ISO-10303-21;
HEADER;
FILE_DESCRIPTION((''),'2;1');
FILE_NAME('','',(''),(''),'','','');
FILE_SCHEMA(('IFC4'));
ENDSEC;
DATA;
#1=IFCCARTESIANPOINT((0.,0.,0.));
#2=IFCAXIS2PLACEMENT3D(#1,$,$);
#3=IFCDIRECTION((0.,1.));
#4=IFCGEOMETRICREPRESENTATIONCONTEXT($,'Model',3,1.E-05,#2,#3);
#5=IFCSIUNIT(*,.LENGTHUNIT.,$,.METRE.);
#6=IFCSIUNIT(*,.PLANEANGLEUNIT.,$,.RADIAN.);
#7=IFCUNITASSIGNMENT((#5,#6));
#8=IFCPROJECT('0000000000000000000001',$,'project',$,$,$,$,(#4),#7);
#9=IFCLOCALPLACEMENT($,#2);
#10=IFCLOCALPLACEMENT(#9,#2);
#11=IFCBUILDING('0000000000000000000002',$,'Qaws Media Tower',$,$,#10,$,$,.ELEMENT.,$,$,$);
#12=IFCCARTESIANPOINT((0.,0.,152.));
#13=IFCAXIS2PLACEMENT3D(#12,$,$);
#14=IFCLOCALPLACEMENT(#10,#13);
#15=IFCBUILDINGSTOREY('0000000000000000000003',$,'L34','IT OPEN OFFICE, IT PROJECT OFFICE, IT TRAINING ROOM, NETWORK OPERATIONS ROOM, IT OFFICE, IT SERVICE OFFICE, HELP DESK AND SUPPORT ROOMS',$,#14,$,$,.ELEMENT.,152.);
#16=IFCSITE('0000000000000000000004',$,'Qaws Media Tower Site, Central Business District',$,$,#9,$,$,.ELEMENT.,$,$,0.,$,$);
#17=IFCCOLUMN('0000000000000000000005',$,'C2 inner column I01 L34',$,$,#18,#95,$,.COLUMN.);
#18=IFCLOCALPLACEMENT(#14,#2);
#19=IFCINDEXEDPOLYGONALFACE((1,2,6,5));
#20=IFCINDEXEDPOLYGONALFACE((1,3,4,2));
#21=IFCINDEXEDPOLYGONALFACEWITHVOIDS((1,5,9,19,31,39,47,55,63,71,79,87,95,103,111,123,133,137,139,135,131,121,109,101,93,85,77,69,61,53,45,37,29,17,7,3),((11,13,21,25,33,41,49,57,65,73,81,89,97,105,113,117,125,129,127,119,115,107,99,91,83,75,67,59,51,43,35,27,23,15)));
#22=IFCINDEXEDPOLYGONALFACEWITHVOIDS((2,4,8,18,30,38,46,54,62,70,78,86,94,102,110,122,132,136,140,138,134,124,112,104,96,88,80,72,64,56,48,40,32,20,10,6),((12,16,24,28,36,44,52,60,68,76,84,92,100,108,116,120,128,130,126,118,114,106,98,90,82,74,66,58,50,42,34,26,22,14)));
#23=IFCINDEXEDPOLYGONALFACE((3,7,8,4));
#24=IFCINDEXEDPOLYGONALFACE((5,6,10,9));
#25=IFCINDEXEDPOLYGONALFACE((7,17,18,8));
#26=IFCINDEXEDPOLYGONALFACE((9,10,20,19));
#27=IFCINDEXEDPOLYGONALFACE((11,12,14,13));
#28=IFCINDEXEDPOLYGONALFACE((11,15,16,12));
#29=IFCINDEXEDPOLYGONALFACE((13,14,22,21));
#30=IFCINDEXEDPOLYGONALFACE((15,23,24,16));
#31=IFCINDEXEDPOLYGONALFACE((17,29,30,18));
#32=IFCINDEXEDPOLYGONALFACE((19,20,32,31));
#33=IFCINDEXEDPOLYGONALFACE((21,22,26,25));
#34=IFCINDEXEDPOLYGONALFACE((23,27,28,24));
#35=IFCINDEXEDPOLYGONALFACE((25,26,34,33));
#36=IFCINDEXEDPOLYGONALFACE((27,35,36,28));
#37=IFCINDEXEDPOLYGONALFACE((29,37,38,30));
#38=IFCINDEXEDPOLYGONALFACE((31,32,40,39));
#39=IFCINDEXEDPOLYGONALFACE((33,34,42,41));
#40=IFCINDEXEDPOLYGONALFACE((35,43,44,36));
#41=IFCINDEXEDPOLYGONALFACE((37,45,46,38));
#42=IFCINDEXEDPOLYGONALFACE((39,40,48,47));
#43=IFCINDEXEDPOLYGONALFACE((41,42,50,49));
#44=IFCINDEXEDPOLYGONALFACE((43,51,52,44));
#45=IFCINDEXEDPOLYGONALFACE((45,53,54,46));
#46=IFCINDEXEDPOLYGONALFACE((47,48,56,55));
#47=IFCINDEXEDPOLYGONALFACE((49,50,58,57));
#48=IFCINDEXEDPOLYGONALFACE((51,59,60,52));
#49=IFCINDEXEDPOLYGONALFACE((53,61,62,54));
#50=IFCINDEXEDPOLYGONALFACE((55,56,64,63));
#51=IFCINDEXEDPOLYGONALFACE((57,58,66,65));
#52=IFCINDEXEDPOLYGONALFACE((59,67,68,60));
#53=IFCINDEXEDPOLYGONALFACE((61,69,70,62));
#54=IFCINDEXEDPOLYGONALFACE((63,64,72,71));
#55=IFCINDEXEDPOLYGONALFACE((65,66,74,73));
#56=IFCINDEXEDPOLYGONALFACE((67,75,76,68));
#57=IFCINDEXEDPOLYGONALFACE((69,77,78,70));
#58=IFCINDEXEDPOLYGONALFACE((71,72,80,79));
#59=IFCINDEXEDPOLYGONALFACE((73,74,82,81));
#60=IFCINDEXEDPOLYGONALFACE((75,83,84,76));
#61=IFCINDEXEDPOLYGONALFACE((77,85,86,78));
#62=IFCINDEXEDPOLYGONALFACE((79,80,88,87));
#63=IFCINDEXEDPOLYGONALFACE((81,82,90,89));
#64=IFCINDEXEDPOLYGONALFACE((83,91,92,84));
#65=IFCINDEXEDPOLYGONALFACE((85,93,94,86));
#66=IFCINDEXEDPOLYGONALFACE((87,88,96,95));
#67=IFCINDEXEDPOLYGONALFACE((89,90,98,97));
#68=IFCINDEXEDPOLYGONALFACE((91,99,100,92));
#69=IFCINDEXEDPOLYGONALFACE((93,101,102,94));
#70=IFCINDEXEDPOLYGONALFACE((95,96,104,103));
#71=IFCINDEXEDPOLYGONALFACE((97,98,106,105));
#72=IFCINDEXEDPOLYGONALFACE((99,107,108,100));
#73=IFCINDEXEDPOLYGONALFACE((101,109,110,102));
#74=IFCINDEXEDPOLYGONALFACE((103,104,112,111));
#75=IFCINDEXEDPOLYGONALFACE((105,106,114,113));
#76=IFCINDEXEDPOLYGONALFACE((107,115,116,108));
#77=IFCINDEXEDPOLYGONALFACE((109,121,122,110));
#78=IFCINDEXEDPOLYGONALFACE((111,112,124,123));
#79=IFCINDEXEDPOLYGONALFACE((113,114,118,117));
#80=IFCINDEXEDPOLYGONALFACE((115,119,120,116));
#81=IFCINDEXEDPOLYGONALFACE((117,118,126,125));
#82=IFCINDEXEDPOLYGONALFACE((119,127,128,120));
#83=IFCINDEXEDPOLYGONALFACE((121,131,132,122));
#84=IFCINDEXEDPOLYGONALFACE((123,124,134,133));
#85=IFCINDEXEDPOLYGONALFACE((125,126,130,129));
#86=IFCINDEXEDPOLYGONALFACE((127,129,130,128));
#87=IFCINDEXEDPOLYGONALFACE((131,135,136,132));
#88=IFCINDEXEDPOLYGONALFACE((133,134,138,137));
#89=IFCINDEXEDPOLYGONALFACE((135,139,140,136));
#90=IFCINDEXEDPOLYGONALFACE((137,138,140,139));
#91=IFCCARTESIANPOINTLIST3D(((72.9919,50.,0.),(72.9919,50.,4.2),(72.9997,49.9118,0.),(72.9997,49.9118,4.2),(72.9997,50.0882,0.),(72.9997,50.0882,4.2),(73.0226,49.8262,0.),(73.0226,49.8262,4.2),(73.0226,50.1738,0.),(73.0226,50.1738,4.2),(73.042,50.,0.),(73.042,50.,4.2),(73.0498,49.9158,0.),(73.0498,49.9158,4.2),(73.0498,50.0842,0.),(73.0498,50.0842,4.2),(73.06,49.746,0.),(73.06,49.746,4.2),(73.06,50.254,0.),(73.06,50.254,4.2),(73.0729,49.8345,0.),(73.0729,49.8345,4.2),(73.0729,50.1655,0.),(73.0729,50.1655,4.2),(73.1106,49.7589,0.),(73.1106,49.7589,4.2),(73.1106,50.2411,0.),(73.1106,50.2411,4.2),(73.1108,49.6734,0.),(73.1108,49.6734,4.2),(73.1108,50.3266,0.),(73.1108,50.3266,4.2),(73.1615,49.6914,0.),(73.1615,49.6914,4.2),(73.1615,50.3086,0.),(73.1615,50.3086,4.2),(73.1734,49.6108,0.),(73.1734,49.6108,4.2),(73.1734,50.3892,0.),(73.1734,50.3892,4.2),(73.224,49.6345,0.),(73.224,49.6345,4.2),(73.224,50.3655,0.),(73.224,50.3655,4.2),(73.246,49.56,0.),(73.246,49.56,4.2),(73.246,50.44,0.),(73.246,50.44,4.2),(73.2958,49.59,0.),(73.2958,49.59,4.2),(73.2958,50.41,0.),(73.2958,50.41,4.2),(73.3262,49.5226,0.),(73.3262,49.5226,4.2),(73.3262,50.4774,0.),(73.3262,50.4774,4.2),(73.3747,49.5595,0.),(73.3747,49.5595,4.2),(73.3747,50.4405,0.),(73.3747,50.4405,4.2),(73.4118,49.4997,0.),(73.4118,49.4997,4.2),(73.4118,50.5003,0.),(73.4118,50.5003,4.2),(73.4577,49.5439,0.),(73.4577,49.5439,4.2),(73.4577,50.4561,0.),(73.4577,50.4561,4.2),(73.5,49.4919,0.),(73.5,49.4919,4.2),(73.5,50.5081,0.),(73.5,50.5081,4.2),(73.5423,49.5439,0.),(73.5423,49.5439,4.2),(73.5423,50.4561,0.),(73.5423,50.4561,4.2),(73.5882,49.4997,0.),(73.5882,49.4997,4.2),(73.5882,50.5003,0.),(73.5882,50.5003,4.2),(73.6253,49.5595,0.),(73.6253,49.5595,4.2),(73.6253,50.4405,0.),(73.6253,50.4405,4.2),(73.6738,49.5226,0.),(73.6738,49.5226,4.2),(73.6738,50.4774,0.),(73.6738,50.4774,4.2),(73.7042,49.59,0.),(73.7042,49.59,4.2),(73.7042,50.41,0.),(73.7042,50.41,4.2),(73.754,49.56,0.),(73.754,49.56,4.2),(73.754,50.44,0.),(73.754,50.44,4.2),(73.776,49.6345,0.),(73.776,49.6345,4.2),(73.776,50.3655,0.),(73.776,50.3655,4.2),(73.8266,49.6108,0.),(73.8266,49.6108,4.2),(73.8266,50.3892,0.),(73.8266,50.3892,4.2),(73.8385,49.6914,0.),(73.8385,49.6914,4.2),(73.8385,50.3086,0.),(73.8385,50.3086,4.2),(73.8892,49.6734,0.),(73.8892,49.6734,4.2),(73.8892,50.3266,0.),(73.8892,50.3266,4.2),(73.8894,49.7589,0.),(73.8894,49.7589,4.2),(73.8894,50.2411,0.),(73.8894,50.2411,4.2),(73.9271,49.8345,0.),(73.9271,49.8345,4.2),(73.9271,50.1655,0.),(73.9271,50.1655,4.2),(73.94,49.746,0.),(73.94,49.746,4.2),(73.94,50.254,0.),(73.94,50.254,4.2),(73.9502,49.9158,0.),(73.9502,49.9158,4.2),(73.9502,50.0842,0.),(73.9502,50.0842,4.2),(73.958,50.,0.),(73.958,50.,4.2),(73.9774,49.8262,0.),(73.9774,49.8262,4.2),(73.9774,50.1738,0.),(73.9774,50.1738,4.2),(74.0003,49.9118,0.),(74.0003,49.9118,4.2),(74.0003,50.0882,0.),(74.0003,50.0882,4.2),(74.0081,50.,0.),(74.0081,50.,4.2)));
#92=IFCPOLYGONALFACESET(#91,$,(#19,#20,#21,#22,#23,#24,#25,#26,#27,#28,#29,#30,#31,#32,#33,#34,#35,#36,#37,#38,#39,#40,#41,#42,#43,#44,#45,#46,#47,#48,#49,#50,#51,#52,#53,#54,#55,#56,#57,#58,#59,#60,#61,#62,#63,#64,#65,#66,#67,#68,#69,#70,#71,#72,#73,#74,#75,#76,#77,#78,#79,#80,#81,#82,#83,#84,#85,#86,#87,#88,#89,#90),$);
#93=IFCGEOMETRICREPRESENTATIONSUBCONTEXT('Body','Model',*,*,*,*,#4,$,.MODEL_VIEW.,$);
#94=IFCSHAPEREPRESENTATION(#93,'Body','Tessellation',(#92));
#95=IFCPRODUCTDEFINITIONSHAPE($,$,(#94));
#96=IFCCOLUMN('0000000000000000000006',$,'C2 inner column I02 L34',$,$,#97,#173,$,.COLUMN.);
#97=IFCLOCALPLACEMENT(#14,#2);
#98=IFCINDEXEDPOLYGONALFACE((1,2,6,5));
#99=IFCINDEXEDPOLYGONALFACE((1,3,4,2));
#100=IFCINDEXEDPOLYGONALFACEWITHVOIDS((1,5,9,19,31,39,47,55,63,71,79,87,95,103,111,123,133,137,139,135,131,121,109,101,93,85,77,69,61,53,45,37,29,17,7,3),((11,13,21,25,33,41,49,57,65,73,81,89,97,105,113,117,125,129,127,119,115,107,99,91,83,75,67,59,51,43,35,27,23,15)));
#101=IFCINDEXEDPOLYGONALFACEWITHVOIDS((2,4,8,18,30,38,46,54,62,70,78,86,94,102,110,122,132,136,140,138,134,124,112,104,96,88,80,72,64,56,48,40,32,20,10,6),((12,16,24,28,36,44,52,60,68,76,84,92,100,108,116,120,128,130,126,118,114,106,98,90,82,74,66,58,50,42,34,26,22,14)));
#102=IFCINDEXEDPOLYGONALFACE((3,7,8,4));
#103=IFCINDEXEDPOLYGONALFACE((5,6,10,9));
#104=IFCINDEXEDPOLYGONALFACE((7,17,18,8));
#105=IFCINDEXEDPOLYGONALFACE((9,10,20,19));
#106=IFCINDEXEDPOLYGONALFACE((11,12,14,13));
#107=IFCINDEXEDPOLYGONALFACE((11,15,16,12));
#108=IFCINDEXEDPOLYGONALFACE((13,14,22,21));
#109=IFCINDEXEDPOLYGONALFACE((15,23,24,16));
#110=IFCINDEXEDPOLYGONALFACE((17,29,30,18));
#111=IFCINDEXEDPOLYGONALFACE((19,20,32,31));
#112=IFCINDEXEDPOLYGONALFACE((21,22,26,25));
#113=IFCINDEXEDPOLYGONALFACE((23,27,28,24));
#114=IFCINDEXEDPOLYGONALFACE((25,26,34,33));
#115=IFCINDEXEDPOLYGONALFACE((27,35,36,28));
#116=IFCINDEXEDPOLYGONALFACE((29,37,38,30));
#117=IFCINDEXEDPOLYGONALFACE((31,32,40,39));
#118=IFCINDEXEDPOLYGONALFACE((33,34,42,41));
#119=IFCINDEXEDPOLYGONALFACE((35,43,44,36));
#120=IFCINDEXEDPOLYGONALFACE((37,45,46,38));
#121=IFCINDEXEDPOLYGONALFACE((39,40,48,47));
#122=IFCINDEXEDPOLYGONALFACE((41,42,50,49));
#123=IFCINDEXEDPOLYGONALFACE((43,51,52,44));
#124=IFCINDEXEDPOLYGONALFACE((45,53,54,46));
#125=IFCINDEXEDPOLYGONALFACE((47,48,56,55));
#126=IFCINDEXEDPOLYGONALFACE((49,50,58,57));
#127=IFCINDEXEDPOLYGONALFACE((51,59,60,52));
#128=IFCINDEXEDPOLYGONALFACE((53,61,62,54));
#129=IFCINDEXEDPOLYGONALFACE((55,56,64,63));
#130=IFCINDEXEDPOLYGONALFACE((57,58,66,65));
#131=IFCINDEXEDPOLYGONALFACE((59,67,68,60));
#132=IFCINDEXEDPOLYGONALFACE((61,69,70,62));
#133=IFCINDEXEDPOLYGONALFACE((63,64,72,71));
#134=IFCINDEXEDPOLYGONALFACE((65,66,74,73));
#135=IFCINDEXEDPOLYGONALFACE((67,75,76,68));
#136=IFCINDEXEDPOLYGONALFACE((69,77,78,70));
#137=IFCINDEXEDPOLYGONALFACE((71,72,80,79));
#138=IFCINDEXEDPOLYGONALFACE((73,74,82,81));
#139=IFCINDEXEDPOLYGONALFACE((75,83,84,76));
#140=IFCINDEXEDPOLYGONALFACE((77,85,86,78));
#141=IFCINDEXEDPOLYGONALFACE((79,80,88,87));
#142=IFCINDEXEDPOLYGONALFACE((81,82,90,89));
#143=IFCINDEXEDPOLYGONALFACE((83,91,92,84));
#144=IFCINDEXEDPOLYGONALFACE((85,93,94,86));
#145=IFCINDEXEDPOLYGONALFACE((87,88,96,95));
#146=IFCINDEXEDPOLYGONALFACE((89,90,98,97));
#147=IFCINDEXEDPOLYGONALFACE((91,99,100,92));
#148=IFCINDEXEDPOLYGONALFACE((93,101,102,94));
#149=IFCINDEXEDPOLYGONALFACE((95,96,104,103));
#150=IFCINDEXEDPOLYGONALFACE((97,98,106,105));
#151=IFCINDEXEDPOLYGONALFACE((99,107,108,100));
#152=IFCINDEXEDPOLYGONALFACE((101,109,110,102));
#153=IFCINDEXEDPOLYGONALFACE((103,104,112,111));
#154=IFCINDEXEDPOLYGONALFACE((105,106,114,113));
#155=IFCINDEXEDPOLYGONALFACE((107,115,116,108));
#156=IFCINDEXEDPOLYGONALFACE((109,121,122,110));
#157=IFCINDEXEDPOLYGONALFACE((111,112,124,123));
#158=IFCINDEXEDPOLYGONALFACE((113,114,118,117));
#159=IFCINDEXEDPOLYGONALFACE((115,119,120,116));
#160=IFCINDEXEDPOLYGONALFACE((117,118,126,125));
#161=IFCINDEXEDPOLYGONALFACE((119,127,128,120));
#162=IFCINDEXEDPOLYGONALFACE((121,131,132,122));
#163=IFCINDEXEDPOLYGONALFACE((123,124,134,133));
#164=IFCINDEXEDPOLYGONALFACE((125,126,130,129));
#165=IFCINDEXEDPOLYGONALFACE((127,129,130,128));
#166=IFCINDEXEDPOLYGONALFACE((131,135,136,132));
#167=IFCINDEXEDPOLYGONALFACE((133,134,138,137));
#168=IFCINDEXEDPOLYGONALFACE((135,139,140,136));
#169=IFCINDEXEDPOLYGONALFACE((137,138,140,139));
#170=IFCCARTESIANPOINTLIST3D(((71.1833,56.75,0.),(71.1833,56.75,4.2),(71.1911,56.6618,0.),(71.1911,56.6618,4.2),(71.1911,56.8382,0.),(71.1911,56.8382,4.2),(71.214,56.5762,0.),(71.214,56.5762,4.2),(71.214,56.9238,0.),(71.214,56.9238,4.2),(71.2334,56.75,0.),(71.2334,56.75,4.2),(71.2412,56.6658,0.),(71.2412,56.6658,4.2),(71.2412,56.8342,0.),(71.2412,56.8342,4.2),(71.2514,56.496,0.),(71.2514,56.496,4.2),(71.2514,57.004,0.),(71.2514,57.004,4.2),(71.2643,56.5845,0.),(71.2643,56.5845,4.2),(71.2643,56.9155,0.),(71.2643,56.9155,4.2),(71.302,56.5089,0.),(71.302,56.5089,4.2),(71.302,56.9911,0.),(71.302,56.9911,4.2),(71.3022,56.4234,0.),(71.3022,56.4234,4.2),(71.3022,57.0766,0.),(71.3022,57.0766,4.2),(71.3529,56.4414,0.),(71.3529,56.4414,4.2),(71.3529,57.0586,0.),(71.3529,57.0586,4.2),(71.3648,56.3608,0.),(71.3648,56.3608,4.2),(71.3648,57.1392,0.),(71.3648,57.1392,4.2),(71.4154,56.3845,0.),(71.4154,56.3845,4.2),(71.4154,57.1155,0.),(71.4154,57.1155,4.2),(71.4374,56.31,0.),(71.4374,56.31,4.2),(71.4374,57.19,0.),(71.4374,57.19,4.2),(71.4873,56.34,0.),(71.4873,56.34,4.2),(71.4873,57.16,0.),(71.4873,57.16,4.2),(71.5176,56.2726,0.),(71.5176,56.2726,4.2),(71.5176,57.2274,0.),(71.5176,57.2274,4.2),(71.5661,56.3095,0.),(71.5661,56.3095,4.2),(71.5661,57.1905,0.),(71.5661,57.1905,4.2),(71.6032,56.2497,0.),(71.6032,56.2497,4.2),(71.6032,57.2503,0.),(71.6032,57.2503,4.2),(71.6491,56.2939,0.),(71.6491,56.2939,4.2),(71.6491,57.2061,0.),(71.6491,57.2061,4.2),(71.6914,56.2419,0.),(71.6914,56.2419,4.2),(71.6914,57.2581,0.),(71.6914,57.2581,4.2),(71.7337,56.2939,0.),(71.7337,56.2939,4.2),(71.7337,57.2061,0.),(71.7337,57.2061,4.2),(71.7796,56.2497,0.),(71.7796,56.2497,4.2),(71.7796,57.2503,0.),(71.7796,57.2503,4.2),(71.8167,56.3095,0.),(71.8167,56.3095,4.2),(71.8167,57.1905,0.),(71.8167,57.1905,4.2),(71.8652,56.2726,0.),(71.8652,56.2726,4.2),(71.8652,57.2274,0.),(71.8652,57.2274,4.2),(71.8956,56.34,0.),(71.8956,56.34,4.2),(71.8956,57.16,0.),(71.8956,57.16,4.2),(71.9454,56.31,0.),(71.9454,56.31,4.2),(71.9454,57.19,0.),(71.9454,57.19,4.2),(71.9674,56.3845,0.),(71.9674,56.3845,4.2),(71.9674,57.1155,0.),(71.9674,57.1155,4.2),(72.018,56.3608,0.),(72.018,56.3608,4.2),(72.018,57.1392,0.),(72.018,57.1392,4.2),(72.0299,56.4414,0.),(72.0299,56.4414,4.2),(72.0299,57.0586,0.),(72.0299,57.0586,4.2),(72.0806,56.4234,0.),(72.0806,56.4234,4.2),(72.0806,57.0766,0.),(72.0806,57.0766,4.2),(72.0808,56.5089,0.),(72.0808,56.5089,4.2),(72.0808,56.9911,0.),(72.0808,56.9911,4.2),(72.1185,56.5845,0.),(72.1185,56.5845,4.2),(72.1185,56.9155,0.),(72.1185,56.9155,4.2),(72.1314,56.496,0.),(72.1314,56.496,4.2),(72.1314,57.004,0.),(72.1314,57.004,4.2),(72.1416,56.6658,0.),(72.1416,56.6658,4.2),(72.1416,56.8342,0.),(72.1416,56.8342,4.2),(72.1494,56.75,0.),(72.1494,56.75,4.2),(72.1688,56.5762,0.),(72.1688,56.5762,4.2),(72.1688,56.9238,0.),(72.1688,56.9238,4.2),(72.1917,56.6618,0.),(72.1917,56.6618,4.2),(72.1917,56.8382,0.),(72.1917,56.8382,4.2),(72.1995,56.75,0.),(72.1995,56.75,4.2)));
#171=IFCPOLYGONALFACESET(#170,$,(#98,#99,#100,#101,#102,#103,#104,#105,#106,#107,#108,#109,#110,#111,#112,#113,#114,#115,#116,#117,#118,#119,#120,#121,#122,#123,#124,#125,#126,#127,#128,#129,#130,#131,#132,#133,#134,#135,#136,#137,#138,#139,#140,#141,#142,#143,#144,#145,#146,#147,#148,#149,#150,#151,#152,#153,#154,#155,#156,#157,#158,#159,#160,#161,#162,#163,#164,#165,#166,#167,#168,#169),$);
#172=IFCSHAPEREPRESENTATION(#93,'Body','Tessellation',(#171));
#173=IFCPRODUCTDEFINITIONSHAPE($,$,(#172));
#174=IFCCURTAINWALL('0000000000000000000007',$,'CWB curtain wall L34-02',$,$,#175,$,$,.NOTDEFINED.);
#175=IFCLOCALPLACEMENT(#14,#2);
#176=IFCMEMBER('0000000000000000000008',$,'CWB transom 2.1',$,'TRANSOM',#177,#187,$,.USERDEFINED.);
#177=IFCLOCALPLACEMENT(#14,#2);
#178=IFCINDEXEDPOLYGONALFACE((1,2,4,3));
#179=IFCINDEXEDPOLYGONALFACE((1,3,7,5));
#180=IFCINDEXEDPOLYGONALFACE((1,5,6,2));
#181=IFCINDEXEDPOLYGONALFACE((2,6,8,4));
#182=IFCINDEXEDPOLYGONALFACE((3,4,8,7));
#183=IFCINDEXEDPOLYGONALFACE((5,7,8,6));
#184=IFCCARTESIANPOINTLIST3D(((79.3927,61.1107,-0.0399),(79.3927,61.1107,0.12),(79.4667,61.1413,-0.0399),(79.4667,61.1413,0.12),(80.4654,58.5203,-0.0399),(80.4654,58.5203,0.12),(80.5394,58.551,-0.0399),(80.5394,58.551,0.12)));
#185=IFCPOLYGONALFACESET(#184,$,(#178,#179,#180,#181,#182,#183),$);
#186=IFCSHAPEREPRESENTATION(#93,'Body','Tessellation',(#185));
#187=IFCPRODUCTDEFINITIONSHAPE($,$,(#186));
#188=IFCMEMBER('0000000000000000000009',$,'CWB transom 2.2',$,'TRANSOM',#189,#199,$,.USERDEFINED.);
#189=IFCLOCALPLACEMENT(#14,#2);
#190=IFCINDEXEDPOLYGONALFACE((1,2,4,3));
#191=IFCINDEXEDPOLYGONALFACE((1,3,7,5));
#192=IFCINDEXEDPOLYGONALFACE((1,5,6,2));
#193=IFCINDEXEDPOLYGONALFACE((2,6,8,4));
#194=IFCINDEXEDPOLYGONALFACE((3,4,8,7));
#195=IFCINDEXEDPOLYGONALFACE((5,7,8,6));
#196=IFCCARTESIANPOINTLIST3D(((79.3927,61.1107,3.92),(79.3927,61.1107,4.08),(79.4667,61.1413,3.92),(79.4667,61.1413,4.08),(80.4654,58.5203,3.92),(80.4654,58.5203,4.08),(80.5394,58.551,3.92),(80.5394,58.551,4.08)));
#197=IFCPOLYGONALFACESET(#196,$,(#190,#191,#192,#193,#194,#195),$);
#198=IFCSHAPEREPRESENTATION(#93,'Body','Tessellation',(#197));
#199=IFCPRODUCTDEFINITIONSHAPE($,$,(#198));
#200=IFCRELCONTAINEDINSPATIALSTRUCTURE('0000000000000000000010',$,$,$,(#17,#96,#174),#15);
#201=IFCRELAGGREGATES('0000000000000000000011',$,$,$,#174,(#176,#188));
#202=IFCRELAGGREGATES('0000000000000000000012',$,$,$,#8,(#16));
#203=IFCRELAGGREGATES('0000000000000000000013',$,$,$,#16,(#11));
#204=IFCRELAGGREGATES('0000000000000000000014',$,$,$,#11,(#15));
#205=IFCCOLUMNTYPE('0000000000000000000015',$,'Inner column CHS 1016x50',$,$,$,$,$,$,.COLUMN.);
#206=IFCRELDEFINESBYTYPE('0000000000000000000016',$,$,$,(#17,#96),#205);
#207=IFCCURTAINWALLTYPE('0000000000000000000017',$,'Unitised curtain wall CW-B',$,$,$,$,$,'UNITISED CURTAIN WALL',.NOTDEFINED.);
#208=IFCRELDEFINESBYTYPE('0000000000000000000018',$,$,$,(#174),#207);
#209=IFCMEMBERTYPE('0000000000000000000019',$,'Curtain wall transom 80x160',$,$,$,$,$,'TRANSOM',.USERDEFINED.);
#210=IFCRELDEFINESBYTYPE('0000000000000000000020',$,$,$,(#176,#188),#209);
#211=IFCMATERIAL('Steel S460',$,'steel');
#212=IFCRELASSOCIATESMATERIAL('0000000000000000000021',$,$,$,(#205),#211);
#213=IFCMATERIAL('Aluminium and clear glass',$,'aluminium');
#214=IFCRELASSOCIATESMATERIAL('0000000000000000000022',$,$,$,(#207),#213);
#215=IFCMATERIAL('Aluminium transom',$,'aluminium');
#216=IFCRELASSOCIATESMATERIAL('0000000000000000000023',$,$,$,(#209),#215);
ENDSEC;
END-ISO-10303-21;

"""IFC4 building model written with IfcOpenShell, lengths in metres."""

from ifc_helpers import new_model, si_unit, direction, frame, origin, origin_2d, place, context, subcontext, project, spatial, rectangle, hollow_circle, extrude, material, material_profile, profile_set, type_object, element, aggregate, save


model = new_model("IFC4")

# Units and contexts
model_context = context("Model", 3, precision=1e-05, world=origin(), true_north=direction((0.0, 1.0)))
body_context = subcontext(model_context, "Body", "Model", "MODEL_VIEW")
ifc_project = project(units=[si_unit("LENGTHUNIT", "METRE"), si_unit("PLANEANGLEUNIT", "RADIAN")], contexts=[model_context])

# Site, building, storey
site_placement = place(None, origin())
site = spatial("IfcSite", under=ifc_project, at=site_placement, Name="Qaws Media Tower Site, Central Business District", CompositionType="ELEMENT", RefElevation=0.0)
building_placement = place(site_placement, origin())
building = spatial("IfcBuilding", under=site, at=building_placement, Name="Qaws Media Tower", CompositionType="ELEMENT")
storey_placement = place(building_placement, frame((0.0, 0.0, 152.0)))
storey = spatial("IfcBuildingStorey", under=building, at=storey_placement, Name="L34", Description="IT OPEN OFFICE, IT PROJECT OFFICE, IT TRAINING ROOM, NETWORK OPERATIONS ROOM, IT OFFICE, IT SERVICE OFFICE, HELP DESK AND SUPPORT ROOMS", CompositionType="ELEMENT", Elevation=152.0)

# Columns
ifc_material_1 = material(Name="Steel S460", Category="steel")
ifc_material_profile_1 = material_profile(ifc_material_1, hollow_circle(Radius=0.5081, WallThickness=0.05, at=origin_2d()), Name="CHS 1016x50")
ifc_profile_set_1 = profile_set([ifc_material_profile_1], Name="Steel S460")
column_type = type_object("IfcColumnType", Name="Inner column CHS 1016x50", PredefinedType="COLUMN", material=ifc_profile_set_1)
for number, where, z_axis, x_axis, name in (
    (1, (73.5, 50.0, 0.0), (0.0, 0.0, 1.0), (1.0, 0.0, 0.0), "C2 inner column I01 L34"),
    (2, (71.6914, 56.75, 0.0), (0.0, 0.0, 1.0), (1.0, 0.0, 0.0), "C2 inner column I02 L34"),
):
    element("IfcColumn", number, at=place(storey_placement, frame(where, z_axis=z_axis, x_axis=x_axis)), inside=storey, type_object=column_type, Name=name, PredefinedType="COLUMN", context=body_context, shape_type="SweptSolid", body=[
        extrude(hollow_circle(Radius=0.5081, WallThickness=0.05, at=origin_2d()), origin(), (0.0, 0.0, 1.0), 4.2),
    ])

# Curtain wall, members
ifc_material_2 = material(Name="Aluminium and clear glass", Category="aluminium")
curtain_wall_type = type_object("IfcCurtainWallType", Name="Unitised curtain wall CW-B", ElementType="UNITISED CURTAIN WALL", PredefinedType="NOTDEFINED", material=ifc_material_2)
curtain_wall_placement = place(storey_placement, origin())
curtain_wall = element("IfcCurtainWall", 3, at=curtain_wall_placement, inside=storey, type_object=curtain_wall_type, Name="CWB curtain wall L34-02", PredefinedType="NOTDEFINED")
ifc_material_3 = material(Name="Aluminium transom", Category="aluminium")
ifc_material_profile_2 = material_profile(ifc_material_3, rectangle(XDim=0.0801, YDim=0.1599, at=origin_2d()), Name="80x160")
ifc_profile_set_2 = profile_set([ifc_material_profile_2], Name="Aluminium transom")
member_type = type_object("IfcMemberType", Name="Curtain wall transom 80x160", ElementType="TRANSOM", PredefinedType="USERDEFINED", material=ifc_profile_set_2)
member_1_placement = place(storey_placement, frame((80.5024, 58.5356, 0.04), z_axis=(-0.382624, 0.923904, 0.0), x_axis=(-0.923904, -0.382624, 0.0)))
member_1 = element("IfcMember", 4, at=member_1_placement, type_object=member_type, Name="CWB transom 2.1", ObjectType="TRANSOM", PredefinedType="USERDEFINED", context=body_context, shape_type="SweptSolid", body=[
    extrude(rectangle(XDim=0.0801, YDim=0.1599, at=origin_2d()), origin(), (0.0, 0.0, 1.0), 2.8037),
])
member_2_placement = place(storey_placement, frame((80.5024, 58.5356, 4.0), z_axis=(-0.382624, 0.923904, 0.0), x_axis=(-0.923904, -0.382624, 0.0)))
member_2 = element("IfcMember", 5, at=member_2_placement, type_object=member_type, Name="CWB transom 2.2", ObjectType="TRANSOM", PredefinedType="USERDEFINED", context=body_context, shape_type="SweptSolid", body=[
    extrude(rectangle(XDim=0.0801, YDim=0.1599, at=origin_2d()), origin(), (0.0, 0.0, 1.0), 2.8037),
])
aggregate(curtain_wall, [member_1, member_2])

save(model, "model.ifc")
